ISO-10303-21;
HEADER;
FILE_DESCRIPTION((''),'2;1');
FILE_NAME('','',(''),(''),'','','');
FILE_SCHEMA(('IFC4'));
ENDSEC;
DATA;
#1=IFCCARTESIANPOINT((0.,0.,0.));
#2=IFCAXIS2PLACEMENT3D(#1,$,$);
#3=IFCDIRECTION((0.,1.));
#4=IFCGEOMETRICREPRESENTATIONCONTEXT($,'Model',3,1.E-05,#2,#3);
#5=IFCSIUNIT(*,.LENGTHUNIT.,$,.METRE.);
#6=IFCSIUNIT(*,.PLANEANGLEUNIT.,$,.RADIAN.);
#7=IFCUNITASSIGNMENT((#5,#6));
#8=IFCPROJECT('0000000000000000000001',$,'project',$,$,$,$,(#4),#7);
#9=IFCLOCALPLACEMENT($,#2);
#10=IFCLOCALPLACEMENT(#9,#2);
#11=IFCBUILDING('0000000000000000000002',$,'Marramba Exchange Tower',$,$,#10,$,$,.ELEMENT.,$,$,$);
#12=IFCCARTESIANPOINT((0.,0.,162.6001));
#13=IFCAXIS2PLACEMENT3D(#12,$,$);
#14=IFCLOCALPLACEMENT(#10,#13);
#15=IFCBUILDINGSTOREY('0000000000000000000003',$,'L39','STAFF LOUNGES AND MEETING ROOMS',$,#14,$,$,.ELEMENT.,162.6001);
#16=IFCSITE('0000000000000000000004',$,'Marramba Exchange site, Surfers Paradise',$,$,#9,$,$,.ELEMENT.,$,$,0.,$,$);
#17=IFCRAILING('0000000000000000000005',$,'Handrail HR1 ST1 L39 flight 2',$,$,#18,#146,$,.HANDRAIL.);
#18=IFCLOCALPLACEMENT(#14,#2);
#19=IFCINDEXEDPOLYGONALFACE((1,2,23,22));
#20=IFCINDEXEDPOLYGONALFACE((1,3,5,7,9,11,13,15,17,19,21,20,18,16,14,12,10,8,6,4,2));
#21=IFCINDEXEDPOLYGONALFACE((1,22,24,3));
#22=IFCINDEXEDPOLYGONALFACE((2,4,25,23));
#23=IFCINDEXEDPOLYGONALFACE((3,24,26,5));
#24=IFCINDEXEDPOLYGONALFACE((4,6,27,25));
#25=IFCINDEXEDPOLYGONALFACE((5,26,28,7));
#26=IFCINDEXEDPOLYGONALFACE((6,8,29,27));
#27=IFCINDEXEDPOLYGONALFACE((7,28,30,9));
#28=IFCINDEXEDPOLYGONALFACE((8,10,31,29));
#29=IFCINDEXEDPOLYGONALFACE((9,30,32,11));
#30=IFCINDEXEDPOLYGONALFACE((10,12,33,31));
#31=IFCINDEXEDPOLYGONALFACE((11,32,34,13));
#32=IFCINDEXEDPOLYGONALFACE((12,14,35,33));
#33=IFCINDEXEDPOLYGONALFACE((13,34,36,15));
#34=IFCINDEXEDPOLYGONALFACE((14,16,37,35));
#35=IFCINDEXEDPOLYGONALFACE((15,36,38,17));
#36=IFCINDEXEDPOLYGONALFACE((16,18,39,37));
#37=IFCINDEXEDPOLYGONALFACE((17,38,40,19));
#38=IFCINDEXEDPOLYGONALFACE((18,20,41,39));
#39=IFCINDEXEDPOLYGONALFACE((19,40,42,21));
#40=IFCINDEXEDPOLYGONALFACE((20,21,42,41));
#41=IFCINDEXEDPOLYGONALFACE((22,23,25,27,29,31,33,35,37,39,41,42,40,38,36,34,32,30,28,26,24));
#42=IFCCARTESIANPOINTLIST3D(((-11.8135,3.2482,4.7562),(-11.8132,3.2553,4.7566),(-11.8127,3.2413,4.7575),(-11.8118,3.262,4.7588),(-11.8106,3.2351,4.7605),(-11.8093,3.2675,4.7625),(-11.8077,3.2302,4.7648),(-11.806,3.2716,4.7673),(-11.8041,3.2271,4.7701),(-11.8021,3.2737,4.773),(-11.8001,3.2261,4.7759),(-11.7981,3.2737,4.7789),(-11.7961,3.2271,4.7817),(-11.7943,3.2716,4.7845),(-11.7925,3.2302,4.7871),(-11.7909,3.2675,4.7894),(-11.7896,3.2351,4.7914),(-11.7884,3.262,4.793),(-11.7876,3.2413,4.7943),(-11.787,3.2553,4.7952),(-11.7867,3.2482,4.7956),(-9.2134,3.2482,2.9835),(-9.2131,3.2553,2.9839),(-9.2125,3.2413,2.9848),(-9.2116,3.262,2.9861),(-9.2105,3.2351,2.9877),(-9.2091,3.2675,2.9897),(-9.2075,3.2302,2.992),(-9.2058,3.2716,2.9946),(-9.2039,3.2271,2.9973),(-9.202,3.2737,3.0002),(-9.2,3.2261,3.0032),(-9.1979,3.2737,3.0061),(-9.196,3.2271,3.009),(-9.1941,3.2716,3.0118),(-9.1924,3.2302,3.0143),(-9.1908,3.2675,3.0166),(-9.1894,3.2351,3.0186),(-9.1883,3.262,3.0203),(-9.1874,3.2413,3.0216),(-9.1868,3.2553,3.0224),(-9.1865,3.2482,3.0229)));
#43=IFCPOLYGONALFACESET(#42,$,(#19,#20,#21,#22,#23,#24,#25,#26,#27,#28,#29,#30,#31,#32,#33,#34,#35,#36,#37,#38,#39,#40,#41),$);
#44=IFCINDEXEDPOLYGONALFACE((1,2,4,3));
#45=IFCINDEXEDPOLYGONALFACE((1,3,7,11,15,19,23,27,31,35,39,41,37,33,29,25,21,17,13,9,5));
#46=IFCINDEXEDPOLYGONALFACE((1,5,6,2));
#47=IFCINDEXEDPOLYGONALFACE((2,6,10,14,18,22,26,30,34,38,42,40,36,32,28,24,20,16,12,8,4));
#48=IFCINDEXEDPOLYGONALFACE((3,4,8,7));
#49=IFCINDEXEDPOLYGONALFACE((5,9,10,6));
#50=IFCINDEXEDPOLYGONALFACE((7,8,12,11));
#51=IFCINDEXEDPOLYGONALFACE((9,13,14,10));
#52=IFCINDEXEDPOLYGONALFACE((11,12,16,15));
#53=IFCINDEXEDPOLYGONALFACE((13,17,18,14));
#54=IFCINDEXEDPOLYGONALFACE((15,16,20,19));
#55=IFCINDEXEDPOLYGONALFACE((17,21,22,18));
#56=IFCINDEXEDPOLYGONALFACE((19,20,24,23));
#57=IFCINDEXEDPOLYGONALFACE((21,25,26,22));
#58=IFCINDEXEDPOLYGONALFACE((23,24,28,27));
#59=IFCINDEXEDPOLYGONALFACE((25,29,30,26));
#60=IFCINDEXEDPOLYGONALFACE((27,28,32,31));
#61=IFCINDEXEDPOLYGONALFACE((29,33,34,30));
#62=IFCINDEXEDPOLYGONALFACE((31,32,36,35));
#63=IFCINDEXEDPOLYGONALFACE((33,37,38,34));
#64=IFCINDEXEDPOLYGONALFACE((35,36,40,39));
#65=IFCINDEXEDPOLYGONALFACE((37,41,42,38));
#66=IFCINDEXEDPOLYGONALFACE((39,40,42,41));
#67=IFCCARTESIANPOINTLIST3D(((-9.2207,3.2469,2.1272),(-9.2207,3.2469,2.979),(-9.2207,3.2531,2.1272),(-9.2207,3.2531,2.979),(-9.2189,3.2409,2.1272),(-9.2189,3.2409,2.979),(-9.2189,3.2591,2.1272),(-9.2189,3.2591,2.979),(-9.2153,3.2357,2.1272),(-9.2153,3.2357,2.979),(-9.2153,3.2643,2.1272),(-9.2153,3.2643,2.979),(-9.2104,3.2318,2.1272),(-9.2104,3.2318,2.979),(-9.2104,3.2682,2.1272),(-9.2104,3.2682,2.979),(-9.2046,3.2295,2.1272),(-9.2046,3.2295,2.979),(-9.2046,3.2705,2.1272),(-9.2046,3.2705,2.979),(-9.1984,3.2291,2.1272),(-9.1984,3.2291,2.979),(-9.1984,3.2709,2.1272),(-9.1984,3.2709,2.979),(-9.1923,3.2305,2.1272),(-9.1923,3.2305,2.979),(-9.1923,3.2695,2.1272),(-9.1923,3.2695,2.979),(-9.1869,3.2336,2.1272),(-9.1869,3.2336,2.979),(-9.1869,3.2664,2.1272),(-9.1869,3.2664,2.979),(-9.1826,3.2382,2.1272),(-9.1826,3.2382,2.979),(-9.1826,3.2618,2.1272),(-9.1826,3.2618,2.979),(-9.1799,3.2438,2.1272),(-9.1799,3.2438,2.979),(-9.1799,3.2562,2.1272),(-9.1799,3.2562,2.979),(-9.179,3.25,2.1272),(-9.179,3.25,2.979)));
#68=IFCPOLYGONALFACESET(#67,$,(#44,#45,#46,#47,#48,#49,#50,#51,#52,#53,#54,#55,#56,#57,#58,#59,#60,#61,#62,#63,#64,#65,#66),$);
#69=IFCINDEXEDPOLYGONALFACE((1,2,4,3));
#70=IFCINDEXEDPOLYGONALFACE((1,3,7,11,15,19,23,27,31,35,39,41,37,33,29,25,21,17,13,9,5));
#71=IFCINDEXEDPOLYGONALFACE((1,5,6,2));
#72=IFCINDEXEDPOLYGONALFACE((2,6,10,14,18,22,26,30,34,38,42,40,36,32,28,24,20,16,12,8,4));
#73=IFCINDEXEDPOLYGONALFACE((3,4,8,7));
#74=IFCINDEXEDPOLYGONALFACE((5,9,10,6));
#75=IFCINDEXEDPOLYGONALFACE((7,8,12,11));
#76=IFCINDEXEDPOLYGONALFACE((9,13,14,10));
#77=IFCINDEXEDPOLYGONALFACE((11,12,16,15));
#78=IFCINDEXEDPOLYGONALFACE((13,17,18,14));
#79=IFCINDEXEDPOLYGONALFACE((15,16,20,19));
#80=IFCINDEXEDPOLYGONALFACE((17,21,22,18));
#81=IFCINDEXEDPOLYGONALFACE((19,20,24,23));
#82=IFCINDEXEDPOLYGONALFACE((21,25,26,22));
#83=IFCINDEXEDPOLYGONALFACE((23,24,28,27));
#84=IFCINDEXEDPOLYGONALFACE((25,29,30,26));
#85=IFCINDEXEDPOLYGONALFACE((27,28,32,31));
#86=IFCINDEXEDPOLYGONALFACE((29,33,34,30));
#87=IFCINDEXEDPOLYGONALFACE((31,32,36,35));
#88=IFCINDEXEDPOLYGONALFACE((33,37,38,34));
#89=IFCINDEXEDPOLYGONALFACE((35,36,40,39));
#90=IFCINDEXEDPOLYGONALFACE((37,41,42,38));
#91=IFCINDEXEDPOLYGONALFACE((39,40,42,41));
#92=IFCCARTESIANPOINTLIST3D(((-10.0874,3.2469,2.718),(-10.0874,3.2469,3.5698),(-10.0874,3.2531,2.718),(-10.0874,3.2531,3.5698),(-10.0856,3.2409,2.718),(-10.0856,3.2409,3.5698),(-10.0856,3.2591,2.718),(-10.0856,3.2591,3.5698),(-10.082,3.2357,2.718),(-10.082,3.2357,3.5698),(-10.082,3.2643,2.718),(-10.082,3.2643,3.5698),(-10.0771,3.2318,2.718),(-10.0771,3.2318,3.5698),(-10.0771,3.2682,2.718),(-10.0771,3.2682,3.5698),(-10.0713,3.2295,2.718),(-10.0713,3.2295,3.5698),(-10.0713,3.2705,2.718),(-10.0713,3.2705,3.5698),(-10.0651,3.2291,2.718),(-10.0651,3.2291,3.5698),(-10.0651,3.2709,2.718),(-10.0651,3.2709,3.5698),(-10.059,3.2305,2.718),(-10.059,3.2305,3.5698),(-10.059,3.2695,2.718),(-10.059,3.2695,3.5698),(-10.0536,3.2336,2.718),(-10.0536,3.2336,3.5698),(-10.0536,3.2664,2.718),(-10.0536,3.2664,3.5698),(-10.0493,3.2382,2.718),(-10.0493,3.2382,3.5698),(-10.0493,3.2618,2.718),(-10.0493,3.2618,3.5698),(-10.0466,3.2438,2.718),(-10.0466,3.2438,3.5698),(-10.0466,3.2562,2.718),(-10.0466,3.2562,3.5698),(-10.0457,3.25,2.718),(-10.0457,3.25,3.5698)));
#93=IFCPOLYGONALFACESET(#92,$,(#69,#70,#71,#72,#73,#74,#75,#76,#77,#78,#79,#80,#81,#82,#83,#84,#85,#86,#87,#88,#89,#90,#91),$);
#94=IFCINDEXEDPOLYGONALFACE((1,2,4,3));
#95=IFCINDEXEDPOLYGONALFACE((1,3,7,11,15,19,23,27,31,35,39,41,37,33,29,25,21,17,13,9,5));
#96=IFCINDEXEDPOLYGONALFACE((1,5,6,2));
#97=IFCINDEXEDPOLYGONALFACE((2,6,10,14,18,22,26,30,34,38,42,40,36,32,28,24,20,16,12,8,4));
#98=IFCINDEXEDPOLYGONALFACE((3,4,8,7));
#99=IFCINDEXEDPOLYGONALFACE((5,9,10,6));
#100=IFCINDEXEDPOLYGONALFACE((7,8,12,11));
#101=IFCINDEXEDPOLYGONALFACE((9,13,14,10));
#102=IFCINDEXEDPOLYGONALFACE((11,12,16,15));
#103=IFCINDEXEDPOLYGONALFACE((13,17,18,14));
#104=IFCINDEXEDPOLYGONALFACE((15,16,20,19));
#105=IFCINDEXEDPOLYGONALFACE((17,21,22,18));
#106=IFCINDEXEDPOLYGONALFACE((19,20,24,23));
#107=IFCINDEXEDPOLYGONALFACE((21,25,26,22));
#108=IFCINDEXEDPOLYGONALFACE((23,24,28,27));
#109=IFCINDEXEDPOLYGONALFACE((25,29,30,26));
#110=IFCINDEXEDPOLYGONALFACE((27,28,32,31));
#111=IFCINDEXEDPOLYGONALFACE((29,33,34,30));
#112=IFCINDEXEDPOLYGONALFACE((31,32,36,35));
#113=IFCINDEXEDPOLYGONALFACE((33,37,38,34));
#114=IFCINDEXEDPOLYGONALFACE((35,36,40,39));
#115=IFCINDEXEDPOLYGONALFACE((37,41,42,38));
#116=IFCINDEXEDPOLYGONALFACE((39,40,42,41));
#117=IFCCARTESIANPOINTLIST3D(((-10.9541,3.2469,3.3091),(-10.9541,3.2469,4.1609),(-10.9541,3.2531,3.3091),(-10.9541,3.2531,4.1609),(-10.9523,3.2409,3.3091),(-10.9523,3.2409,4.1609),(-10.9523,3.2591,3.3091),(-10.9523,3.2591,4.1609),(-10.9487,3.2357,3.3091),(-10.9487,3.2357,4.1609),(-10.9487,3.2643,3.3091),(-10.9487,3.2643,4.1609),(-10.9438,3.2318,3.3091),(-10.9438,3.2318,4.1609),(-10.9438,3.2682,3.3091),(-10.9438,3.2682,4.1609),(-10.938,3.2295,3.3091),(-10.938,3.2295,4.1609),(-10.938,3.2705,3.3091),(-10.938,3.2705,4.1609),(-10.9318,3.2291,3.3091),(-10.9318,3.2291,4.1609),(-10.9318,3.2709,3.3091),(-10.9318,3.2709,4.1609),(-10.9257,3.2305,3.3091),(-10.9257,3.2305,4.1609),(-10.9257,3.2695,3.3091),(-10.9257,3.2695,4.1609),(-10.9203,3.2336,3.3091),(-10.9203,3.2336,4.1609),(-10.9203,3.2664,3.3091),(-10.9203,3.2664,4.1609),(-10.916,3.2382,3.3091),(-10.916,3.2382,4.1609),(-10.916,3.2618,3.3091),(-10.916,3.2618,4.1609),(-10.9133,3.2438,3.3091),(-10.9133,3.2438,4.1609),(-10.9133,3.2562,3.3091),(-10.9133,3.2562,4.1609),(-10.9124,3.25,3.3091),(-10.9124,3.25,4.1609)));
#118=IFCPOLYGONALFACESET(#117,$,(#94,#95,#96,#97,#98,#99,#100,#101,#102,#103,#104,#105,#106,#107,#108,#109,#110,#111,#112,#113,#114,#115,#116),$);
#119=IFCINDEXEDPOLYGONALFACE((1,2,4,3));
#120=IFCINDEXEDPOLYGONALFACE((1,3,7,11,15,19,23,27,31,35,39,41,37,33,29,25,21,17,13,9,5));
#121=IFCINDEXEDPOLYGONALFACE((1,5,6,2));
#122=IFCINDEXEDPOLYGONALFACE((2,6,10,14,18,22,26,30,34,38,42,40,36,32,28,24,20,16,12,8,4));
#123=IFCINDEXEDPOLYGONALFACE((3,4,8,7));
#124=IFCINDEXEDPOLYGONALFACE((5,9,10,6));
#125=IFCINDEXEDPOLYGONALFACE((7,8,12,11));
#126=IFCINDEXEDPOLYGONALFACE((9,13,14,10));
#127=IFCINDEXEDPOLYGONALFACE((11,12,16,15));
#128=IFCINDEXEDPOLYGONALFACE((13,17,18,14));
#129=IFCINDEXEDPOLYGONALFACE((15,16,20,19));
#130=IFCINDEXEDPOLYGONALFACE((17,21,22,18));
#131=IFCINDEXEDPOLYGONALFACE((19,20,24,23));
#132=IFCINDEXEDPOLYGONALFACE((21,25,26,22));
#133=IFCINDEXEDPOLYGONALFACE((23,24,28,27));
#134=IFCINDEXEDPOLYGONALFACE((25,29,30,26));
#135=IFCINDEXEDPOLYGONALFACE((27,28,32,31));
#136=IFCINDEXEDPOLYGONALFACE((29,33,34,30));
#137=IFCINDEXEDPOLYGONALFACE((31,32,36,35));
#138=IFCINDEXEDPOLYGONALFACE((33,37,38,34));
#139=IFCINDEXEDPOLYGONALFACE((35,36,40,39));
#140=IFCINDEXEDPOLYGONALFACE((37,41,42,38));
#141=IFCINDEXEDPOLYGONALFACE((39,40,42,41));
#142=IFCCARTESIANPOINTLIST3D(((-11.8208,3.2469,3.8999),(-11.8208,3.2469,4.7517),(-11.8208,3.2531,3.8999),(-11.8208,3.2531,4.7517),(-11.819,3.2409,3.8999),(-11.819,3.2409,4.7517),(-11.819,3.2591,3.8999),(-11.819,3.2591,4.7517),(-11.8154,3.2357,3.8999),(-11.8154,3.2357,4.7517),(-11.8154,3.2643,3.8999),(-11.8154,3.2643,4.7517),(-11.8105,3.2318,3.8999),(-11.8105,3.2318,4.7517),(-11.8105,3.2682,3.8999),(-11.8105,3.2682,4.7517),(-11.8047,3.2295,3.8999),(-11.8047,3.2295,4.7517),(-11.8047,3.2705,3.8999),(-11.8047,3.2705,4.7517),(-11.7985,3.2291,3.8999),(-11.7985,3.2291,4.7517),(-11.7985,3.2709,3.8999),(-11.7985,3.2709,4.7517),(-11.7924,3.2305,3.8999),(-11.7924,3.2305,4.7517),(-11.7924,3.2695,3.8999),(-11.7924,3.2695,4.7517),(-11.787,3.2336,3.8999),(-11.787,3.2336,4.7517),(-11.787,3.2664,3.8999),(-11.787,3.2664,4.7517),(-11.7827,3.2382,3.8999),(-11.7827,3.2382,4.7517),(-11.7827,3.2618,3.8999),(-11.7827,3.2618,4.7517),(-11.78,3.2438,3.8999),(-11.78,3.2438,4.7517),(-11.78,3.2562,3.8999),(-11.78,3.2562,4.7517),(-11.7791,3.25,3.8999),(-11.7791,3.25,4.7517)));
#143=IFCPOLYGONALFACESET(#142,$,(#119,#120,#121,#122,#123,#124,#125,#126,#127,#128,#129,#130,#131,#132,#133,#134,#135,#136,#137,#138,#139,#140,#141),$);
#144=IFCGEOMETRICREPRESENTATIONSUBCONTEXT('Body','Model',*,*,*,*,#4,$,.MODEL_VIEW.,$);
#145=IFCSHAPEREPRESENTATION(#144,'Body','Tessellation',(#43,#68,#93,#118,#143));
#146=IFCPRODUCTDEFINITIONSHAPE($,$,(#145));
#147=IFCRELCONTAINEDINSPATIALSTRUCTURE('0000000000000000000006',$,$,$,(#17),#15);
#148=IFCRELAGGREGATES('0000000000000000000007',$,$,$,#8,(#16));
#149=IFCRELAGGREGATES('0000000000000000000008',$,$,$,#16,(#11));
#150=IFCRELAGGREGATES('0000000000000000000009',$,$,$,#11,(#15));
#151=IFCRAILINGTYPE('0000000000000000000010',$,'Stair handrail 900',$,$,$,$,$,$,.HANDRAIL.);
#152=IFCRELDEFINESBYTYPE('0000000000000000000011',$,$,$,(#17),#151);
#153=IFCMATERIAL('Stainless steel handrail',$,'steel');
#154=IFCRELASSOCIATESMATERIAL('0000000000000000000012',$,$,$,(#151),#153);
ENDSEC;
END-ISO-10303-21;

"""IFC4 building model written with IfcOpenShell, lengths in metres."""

from ifc_helpers import new_model, si_unit, direction, frame, origin, origin_2d, place, context, subcontext, project, spatial, circle, extrude, material, type_object, element, save


model = new_model("IFC4")

# Units and contexts
model_context = context("Model", 3, precision=1e-05, world=origin(), true_north=direction((0.0, 1.0)))
body_context = subcontext(model_context, "Body", "Model", "MODEL_VIEW")
ifc_project = project(units=[si_unit("LENGTHUNIT", "METRE"), si_unit("PLANEANGLEUNIT", "RADIAN")], contexts=[model_context])

# Site, building, storey
site_placement = place(None, origin())
site = spatial("IfcSite", under=ifc_project, at=site_placement, Name="Marramba Exchange site, Surfers Paradise", CompositionType="ELEMENT", RefElevation=0.0)
building_placement = place(site_placement, origin())
building = spatial("IfcBuilding", under=site, at=building_placement, Name="Marramba Exchange Tower", CompositionType="ELEMENT")
storey_placement = place(building_placement, frame((0.0, 0.0, 162.6001)))
storey = spatial("IfcBuildingStorey", under=building, at=storey_placement, Name="L39", Description="STAFF LOUNGES AND MEETING ROOMS", CompositionType="ELEMENT", Elevation=162.6001)

# Railing
ifc_material_1 = material(Name="Stainless steel handrail", Category="steel")
railing_type = type_object("IfcRailingType", Name="Stair handrail 900", PredefinedType="HANDRAIL", material=ifc_material_1)
railing_placement = place(storey_placement, frame((-9.2, 3.25, 2.1272)))
element("IfcRailing", 1, at=railing_placement, inside=storey, type_object=railing_type, Name="Handrail HR1 ST1 L39 flight 2", PredefinedType="HANDRAIL", context=body_context, shape_type="SweptSolid", body=[
    extrude(circle(Radius=0.0239, at=origin_2d()), frame((0.0, 0.0, 0.876), z_axis=(-0.82624, 0.0, 0.563318), x_axis=(0.0, -1.0, 0.0)), (0.0, 0.0, 1.0), 3.147),
    extrude(circle(Radius=0.021, at=origin_2d()), origin(), (0.0, 0.0, 1.0), 0.8518),
    extrude(circle(Radius=0.021, at=origin_2d()), frame((-0.8667, 0.0, 0.5908)), (0.0, 0.0, 1.0), 0.8518),
    extrude(circle(Radius=0.021, at=origin_2d()), frame((-1.7334, 0.0, 1.1819)), (0.0, 0.0, 1.0), 0.8518),
    extrude(circle(Radius=0.021, at=origin_2d()), frame((-2.6001, 0.0, 1.7727)), (0.0, 0.0, 1.0), 0.8518),
])

save(model, "model.ifc")
